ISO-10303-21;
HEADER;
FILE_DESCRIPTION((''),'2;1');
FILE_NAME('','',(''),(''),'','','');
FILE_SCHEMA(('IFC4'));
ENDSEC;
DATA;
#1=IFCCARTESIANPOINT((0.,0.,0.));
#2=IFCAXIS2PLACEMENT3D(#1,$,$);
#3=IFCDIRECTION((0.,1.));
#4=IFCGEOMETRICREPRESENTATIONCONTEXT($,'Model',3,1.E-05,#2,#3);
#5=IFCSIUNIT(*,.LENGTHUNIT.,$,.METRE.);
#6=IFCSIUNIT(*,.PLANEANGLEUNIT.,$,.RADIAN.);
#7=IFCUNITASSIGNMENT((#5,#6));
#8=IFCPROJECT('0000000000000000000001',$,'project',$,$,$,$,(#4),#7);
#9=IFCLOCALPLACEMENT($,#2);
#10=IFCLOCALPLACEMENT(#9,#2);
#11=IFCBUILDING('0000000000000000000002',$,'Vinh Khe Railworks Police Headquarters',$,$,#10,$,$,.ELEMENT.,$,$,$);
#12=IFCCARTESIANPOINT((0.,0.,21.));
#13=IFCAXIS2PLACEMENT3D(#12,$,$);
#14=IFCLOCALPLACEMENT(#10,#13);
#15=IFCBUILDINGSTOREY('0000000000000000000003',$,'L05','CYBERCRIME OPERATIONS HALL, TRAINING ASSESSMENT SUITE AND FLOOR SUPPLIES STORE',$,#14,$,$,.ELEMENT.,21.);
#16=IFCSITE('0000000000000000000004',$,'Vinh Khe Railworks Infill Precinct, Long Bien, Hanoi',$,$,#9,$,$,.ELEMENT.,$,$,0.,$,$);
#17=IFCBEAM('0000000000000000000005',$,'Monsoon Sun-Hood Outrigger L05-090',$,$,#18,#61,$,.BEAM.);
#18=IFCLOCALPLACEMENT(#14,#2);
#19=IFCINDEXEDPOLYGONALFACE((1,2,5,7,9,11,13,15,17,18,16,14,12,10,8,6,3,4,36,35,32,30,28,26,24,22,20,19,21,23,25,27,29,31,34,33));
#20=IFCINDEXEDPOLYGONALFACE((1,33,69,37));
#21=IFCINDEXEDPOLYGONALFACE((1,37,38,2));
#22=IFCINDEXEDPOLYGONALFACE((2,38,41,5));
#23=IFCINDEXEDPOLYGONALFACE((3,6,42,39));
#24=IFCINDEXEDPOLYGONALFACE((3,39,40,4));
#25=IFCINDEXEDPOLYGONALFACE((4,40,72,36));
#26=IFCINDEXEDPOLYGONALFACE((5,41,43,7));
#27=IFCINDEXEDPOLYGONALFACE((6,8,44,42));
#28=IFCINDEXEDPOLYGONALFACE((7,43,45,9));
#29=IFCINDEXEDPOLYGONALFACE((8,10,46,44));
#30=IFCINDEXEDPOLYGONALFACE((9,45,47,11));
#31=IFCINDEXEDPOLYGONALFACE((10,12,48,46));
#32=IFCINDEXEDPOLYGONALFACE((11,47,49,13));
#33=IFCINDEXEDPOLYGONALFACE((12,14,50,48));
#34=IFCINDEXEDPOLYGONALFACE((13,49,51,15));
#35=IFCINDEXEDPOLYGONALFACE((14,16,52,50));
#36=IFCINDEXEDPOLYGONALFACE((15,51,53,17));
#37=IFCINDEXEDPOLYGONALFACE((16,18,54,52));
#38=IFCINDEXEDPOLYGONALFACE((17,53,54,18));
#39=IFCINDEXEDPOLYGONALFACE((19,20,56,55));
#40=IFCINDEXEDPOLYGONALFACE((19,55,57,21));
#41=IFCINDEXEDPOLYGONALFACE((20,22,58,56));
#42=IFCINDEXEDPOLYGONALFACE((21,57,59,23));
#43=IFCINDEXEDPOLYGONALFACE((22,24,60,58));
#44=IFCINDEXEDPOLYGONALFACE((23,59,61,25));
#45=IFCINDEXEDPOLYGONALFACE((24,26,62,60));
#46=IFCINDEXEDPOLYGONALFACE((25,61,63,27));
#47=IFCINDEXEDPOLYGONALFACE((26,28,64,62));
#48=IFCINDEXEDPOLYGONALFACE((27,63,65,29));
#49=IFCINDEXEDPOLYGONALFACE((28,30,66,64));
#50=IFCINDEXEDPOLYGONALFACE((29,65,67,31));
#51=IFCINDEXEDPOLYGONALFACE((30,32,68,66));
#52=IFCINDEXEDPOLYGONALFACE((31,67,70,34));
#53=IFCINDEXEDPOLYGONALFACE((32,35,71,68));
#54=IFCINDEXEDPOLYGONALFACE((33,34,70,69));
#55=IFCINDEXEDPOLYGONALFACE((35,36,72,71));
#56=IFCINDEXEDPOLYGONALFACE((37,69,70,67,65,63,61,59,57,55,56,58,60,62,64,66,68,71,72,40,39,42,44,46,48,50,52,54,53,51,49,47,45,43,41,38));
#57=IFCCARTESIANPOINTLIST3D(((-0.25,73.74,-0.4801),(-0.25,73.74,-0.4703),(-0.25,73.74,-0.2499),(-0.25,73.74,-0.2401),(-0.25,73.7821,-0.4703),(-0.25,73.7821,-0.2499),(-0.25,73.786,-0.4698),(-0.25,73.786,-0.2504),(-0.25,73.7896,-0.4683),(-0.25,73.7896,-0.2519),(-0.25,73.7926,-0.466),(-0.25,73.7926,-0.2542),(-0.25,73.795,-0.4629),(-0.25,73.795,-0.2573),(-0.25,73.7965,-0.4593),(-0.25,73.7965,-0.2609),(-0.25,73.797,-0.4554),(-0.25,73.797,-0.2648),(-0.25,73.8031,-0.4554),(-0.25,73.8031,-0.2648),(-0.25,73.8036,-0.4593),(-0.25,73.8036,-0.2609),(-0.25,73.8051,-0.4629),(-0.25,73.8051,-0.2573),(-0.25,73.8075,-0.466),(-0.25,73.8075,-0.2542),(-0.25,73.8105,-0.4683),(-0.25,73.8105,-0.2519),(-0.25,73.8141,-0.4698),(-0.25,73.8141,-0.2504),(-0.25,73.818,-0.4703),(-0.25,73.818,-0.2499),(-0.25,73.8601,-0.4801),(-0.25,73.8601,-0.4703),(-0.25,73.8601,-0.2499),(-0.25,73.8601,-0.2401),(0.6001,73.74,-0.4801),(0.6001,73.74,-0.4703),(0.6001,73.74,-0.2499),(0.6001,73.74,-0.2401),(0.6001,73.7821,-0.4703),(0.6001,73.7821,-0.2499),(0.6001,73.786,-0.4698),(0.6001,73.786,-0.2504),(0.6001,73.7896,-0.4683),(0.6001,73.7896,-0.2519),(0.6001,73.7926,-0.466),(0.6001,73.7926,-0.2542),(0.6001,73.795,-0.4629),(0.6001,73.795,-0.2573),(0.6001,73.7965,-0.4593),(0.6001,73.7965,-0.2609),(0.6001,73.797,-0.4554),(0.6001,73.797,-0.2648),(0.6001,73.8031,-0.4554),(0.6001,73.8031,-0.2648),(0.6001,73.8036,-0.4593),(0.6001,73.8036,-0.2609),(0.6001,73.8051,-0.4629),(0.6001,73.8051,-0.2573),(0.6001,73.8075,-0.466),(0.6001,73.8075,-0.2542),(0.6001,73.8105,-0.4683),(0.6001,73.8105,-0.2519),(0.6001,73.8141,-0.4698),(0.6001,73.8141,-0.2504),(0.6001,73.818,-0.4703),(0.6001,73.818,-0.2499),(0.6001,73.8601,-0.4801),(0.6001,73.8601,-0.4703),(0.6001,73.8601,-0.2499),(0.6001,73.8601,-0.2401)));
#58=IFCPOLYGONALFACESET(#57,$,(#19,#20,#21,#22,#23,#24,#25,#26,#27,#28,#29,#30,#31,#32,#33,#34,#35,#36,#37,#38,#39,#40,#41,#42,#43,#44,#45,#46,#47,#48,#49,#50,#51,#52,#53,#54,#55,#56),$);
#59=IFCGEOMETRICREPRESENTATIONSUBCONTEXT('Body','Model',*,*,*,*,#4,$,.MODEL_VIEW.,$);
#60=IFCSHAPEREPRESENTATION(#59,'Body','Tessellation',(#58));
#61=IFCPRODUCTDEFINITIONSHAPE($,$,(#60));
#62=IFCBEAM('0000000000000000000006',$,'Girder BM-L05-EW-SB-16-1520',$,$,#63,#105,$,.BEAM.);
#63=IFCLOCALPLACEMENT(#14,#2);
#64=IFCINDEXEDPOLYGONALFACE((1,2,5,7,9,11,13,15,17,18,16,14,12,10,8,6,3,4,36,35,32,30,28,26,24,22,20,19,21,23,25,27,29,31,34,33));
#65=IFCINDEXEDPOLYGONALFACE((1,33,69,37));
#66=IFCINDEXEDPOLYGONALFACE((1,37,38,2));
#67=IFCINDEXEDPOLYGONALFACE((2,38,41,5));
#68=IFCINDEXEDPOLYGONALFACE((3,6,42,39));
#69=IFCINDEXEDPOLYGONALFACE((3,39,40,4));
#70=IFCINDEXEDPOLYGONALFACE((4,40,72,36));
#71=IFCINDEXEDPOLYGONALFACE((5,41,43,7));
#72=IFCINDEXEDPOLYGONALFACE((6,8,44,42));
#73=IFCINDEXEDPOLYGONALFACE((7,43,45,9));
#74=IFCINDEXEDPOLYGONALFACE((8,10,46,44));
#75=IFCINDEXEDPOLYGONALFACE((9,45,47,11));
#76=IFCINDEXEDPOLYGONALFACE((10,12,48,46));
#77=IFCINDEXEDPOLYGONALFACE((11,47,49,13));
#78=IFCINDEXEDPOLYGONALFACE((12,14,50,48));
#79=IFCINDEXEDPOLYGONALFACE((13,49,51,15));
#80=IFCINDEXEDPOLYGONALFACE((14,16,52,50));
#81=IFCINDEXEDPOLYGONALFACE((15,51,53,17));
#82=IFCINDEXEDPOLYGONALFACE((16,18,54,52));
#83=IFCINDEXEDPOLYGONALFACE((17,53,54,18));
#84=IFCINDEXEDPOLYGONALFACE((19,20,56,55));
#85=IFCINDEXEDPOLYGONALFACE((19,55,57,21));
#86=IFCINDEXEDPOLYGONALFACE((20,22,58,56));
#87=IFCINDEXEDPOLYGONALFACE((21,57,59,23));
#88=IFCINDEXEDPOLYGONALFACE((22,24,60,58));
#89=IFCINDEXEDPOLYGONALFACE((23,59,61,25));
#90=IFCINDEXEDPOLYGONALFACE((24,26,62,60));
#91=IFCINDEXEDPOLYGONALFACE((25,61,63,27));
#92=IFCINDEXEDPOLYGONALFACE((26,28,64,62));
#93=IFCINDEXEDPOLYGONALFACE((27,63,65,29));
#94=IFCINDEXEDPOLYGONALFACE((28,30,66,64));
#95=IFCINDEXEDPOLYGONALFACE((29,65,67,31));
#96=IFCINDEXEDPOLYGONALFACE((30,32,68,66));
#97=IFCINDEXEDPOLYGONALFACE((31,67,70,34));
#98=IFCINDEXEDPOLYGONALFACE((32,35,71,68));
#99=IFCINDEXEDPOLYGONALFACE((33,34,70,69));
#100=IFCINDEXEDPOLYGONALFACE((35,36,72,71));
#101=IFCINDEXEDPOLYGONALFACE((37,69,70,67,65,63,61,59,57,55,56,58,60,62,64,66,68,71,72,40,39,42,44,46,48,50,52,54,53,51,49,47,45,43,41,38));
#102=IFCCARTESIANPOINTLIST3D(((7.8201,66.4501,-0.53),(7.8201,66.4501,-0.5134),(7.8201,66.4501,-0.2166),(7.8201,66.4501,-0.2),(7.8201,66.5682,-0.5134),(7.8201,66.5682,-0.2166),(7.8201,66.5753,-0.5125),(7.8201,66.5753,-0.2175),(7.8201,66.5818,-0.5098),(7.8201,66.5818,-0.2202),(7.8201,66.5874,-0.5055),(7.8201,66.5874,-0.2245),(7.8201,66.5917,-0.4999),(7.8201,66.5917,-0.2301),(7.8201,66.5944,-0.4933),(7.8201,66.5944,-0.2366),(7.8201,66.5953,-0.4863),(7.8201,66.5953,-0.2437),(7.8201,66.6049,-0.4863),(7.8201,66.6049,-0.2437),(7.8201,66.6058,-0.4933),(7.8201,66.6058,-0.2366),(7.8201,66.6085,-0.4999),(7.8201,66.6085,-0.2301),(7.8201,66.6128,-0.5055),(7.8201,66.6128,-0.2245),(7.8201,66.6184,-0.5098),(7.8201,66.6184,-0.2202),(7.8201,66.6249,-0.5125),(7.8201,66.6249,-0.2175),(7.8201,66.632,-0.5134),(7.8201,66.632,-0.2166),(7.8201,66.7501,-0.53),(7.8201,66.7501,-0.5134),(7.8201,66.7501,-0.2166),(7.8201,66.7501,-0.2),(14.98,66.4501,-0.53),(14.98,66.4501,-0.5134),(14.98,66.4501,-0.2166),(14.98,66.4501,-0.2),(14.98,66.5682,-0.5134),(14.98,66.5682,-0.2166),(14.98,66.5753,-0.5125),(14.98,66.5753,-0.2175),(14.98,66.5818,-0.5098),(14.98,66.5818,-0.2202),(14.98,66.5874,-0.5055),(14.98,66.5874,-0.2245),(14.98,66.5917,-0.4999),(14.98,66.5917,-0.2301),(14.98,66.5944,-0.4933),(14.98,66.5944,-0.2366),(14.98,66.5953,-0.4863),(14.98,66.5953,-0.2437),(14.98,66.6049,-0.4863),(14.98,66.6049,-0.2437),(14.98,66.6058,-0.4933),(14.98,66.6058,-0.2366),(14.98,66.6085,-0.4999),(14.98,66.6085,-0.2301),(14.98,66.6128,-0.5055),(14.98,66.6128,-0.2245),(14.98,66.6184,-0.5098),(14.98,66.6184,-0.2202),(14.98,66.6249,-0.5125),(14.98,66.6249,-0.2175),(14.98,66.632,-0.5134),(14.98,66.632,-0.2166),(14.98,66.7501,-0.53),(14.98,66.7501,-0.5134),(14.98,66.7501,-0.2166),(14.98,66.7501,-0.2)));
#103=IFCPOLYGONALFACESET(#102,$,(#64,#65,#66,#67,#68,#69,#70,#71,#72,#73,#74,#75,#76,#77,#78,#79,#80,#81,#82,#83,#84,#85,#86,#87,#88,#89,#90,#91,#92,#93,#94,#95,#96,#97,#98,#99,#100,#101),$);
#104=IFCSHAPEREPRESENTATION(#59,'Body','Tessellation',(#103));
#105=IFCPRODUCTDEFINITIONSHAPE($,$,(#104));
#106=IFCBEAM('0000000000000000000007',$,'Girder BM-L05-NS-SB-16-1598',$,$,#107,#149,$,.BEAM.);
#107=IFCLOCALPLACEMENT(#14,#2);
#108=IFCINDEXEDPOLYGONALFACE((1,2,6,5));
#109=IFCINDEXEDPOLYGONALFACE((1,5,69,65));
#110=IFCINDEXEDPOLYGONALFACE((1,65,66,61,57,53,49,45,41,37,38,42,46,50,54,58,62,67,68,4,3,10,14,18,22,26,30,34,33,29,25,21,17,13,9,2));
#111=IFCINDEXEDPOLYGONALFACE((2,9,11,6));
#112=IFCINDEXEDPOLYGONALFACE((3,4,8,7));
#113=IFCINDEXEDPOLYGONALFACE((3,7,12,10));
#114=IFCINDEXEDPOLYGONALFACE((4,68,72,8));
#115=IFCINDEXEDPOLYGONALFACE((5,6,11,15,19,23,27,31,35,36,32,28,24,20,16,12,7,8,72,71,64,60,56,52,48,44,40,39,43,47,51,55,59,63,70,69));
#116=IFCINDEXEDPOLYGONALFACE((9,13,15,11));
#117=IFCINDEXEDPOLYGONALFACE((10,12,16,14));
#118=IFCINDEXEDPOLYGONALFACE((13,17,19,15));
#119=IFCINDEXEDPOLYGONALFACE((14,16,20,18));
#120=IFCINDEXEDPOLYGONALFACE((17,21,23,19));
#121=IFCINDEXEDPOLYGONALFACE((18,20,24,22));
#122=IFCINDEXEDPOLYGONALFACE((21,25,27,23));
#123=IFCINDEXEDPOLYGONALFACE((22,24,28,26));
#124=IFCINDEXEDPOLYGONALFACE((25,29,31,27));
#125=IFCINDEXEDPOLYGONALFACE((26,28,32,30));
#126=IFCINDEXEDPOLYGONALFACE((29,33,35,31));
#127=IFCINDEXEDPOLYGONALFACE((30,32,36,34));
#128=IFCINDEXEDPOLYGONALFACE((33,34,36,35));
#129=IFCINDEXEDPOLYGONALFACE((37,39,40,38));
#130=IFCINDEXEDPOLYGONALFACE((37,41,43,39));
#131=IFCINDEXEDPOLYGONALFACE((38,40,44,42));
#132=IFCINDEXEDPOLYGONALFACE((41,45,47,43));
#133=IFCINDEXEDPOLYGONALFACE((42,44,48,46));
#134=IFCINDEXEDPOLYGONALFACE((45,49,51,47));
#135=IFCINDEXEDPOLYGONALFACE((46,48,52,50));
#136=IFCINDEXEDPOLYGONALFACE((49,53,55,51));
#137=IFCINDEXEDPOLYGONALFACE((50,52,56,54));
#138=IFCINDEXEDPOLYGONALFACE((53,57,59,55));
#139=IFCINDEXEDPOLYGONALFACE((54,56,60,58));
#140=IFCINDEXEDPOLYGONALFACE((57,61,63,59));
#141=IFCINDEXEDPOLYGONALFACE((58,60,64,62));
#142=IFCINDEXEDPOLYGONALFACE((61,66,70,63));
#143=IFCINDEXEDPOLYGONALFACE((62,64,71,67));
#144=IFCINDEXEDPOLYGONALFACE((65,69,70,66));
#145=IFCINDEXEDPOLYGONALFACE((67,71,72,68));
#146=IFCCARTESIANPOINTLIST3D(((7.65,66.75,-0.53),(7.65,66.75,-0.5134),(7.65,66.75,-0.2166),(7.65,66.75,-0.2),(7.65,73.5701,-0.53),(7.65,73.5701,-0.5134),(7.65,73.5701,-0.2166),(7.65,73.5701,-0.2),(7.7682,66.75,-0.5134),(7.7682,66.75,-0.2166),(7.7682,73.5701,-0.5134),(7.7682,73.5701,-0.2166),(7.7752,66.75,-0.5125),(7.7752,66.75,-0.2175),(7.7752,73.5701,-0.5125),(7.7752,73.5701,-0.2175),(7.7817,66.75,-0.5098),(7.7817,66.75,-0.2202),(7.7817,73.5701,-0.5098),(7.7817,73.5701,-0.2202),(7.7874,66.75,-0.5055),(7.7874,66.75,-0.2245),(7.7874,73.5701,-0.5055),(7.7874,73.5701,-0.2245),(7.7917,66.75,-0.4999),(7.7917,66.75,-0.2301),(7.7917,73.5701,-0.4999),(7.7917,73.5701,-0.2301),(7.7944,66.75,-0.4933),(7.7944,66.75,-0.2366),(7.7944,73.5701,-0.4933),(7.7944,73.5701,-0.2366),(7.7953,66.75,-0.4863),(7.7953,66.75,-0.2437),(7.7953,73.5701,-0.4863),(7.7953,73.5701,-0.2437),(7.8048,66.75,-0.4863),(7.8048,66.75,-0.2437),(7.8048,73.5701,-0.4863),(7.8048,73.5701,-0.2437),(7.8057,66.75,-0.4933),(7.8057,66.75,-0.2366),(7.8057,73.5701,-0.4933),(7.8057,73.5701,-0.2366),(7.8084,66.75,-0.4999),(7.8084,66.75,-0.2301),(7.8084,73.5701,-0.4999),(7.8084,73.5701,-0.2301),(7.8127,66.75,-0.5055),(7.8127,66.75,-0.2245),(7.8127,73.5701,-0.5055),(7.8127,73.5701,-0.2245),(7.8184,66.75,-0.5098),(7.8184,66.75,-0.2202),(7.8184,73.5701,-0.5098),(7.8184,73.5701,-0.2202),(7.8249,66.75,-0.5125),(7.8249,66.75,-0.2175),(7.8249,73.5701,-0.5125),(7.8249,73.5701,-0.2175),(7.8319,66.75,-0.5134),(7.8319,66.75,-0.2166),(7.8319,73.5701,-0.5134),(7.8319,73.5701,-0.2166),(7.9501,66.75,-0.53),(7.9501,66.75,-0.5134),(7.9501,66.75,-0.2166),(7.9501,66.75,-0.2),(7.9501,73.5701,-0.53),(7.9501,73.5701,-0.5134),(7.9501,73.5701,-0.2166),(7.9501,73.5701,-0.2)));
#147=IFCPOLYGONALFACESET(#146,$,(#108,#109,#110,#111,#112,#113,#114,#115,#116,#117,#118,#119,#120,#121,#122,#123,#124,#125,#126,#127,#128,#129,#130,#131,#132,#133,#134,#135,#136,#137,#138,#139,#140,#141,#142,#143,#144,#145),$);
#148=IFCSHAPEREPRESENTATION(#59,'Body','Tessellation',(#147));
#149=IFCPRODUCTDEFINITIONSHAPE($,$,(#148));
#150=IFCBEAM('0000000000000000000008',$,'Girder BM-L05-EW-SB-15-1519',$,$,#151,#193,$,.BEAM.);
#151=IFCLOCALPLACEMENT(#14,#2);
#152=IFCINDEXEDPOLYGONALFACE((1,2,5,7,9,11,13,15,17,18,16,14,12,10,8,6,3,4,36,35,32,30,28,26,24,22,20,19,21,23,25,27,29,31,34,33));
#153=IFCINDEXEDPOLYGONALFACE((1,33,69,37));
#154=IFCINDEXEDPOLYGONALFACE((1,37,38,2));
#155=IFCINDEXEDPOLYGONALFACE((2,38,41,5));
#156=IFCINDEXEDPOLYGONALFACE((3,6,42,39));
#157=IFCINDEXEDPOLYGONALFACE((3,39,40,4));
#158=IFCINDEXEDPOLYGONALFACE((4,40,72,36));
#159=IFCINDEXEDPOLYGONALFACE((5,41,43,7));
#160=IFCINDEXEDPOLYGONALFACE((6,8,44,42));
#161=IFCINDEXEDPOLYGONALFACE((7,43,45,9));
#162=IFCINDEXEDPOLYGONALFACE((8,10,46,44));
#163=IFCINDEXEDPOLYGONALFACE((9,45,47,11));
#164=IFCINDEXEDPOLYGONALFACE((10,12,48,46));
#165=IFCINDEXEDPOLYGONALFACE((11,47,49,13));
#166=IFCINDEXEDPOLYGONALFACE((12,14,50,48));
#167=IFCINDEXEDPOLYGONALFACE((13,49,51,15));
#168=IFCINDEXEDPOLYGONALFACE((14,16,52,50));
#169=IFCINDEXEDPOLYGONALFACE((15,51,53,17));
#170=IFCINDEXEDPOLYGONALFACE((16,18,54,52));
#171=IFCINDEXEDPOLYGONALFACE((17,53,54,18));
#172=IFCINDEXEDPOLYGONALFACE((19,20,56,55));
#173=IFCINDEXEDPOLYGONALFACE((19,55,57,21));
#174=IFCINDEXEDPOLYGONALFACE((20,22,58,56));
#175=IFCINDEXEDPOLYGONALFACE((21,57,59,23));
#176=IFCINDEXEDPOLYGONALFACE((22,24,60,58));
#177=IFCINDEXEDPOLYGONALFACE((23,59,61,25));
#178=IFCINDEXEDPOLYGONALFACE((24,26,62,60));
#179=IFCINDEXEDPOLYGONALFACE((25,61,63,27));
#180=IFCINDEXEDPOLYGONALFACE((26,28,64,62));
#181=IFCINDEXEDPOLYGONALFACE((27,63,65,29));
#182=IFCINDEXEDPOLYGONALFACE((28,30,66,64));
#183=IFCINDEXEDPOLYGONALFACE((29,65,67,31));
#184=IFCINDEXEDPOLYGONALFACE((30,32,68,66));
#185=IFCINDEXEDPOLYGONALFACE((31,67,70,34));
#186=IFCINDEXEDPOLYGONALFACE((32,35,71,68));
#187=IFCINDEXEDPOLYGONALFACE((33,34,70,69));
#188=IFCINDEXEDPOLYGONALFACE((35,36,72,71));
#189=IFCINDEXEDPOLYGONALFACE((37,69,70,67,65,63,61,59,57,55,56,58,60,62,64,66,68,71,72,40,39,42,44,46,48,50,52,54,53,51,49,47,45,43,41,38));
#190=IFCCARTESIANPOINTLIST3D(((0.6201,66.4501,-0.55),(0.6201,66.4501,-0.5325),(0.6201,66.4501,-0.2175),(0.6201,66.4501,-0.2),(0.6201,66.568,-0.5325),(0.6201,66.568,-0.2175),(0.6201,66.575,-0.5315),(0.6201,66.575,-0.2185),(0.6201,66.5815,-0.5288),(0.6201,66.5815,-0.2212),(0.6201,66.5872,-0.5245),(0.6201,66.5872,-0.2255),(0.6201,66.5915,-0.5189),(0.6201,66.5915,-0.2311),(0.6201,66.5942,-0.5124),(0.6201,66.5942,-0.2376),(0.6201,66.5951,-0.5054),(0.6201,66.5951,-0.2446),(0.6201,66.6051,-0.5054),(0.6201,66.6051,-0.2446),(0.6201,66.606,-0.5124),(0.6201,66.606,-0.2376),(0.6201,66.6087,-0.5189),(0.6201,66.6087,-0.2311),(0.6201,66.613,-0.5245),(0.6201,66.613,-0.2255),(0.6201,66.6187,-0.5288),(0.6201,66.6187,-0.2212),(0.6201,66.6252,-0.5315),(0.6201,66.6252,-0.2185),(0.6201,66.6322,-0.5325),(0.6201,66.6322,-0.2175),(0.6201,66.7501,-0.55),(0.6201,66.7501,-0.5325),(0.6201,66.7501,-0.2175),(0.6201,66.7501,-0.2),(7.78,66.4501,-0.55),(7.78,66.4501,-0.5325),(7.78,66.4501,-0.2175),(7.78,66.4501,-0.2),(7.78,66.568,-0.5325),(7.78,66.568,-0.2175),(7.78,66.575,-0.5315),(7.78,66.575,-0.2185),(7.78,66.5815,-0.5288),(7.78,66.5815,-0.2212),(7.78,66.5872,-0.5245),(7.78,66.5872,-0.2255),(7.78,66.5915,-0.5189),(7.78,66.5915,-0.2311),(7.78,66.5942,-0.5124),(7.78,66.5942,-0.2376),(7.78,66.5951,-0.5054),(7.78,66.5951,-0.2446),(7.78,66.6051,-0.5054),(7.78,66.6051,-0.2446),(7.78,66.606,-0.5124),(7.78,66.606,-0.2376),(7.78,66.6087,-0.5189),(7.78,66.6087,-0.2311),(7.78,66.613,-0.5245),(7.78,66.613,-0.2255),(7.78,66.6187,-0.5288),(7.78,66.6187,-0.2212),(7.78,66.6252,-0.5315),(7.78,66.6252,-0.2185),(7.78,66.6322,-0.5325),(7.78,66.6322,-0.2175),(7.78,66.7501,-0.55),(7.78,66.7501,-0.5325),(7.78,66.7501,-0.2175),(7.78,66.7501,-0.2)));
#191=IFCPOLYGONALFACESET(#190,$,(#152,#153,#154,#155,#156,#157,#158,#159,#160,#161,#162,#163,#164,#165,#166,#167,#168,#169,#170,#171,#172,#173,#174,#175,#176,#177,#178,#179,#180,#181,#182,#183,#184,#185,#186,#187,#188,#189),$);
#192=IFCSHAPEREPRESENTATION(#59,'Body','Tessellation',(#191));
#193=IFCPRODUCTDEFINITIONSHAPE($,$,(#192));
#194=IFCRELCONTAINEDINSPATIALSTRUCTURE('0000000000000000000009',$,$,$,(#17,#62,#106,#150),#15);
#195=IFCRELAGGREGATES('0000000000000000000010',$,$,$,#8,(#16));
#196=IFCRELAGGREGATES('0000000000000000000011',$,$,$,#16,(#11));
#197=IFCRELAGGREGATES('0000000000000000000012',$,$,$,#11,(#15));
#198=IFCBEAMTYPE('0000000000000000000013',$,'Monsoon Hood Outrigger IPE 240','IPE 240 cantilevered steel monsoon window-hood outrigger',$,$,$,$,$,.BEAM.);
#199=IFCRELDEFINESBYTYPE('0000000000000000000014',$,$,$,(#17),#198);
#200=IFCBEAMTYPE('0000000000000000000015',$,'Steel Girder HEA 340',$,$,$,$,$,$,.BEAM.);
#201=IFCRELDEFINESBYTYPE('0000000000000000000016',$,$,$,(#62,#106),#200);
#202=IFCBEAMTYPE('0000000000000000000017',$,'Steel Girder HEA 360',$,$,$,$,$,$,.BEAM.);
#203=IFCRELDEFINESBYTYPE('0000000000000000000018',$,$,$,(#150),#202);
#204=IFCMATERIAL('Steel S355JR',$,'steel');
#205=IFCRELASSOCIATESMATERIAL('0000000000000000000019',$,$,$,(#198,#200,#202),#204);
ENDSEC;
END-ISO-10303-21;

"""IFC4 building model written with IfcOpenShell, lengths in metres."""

from ifc_helpers import new_model, si_unit, direction, frame, origin, origin_2d, place, context, subcontext, project, spatial, i_section, extrude, material, material_profile, profile_set, type_object, element, save


model = new_model("IFC4")

# Units and contexts
model_context = context("Model", 3, precision=1e-05, world=origin(), true_north=direction((0.0, 1.0)))
body_context = subcontext(model_context, "Body", "Model", "MODEL_VIEW")
ifc_project = project(units=[si_unit("LENGTHUNIT", "METRE"), si_unit("PLANEANGLEUNIT", "RADIAN")], contexts=[model_context])

# Site, building, storey
site_placement = place(None, origin())
site = spatial("IfcSite", under=ifc_project, at=site_placement, Name="Vinh Khe Railworks Infill Precinct, Long Bien, Hanoi", CompositionType="ELEMENT", RefElevation=0.0)
building_placement = place(site_placement, origin())
building = spatial("IfcBuilding", under=site, at=building_placement, Name="Vinh Khe Railworks Police Headquarters", CompositionType="ELEMENT")
storey_placement = place(building_placement, frame((0.0, 0.0, 21.0)))
storey = spatial("IfcBuildingStorey", under=building, at=storey_placement, Name="L05", Description="CYBERCRIME OPERATIONS HALL, TRAINING ASSESSMENT SUITE AND FLOOR SUPPLIES STORE", CompositionType="ELEMENT", Elevation=21.0)

# Shared definitions
ifc_material_1 = material(Name="Steel S355JR", Category="steel")

# Beams
ifc_material_profile_1 = material_profile(ifc_material_1, i_section(OverallWidth=0.1201, OverallDepth=0.24, WebThickness=0.0061, FlangeThickness=0.0098, FilletRadius=0.0149, at=origin_2d()), Name="IPE 240")
ifc_profile_set_1 = profile_set([ifc_material_profile_1], Name="Steel S355JR")
beam_type_1 = type_object("IfcBeamType", Name="Monsoon Hood Outrigger IPE 240", Description="IPE 240 cantilevered steel monsoon window-hood outrigger", PredefinedType="BEAM", material=ifc_profile_set_1)
beam_1_placement = place(storey_placement, frame((-0.25, 73.8, -0.3601), z_axis=(1.0, 0.0, 0.0), x_axis=(0.0, 1.0, 0.0)))
element("IfcBeam", 1, at=beam_1_placement, inside=storey, type_object=beam_type_1, Name="Monsoon Sun-Hood Outrigger L05-090", PredefinedType="BEAM", context=body_context, shape_type="SweptSolid", body=[
    extrude(i_section(OverallWidth=0.1201, OverallDepth=0.24, WebThickness=0.0061, FlangeThickness=0.0098, FilletRadius=0.0149, at=origin_2d()), origin(), (0.0, 0.0, 1.0), 0.8501),
])
ifc_material_profile_2 = material_profile(ifc_material_1, i_section(OverallWidth=0.3, OverallDepth=0.3301, WebThickness=0.0095, FlangeThickness=0.0166, FilletRadius=0.0271, at=origin_2d()), Name="HEA 340")
ifc_profile_set_2 = profile_set([ifc_material_profile_2], Name="Steel S355JR")
beam_type_2 = type_object("IfcBeamType", Name="Steel Girder HEA 340", PredefinedType="BEAM", material=ifc_profile_set_2)
beam_2_placement = place(storey_placement, frame((7.8201, 66.6001, -0.365), z_axis=(1.0, 0.0, 0.0), x_axis=(0.0, 1.0, 0.0)))
element("IfcBeam", 2, at=beam_2_placement, inside=storey, type_object=beam_type_2, Name="Girder BM-L05-EW-SB-16-1520", PredefinedType="BEAM", context=body_context, shape_type="SweptSolid", body=[
    extrude(i_section(OverallWidth=0.3, OverallDepth=0.3301, WebThickness=0.0095, FlangeThickness=0.0166, FilletRadius=0.0271, at=origin_2d()), origin(), (0.0, 0.0, 1.0), 7.1599),
])
beam_3_placement = place(storey_placement, frame((7.8, 66.75, -0.365), z_axis=(0.0, 1.0, 0.0), x_axis=(-1.0, 0.0, 0.0)))
element("IfcBeam", 3, at=beam_3_placement, inside=storey, type_object=beam_type_2, Name="Girder BM-L05-NS-SB-16-1598", PredefinedType="BEAM", context=body_context, shape_type="SweptSolid", body=[
    extrude(i_section(OverallWidth=0.3, OverallDepth=0.3301, WebThickness=0.0095, FlangeThickness=0.0166, FilletRadius=0.0271, at=origin_2d()), origin(), (0.0, 0.0, 1.0), 6.8201),
])
ifc_material_profile_3 = material_profile(ifc_material_1, i_section(OverallWidth=0.3, OverallDepth=0.3501, WebThickness=0.01, FlangeThickness=0.0176, FilletRadius=0.0271, at=origin_2d()), Name="HEA 360")
ifc_profile_set_3 = profile_set([ifc_material_profile_3], Name="Steel S355JR")
beam_type_3 = type_object("IfcBeamType", Name="Steel Girder HEA 360", PredefinedType="BEAM", material=ifc_profile_set_3)
beam_4_placement = place(storey_placement, frame((0.6201, 66.6001, -0.375), z_axis=(1.0, 0.0, 0.0), x_axis=(0.0, 1.0, 0.0)))
element("IfcBeam", 4, at=beam_4_placement, inside=storey, type_object=beam_type_3, Name="Girder BM-L05-EW-SB-15-1519", PredefinedType="BEAM", context=body_context, shape_type="SweptSolid", body=[
    extrude(i_section(OverallWidth=0.3, OverallDepth=0.3501, WebThickness=0.01, FlangeThickness=0.0176, FilletRadius=0.0271, at=origin_2d()), origin(), (0.0, 0.0, 1.0), 7.1599),
])

save(model, "model.ifc")
